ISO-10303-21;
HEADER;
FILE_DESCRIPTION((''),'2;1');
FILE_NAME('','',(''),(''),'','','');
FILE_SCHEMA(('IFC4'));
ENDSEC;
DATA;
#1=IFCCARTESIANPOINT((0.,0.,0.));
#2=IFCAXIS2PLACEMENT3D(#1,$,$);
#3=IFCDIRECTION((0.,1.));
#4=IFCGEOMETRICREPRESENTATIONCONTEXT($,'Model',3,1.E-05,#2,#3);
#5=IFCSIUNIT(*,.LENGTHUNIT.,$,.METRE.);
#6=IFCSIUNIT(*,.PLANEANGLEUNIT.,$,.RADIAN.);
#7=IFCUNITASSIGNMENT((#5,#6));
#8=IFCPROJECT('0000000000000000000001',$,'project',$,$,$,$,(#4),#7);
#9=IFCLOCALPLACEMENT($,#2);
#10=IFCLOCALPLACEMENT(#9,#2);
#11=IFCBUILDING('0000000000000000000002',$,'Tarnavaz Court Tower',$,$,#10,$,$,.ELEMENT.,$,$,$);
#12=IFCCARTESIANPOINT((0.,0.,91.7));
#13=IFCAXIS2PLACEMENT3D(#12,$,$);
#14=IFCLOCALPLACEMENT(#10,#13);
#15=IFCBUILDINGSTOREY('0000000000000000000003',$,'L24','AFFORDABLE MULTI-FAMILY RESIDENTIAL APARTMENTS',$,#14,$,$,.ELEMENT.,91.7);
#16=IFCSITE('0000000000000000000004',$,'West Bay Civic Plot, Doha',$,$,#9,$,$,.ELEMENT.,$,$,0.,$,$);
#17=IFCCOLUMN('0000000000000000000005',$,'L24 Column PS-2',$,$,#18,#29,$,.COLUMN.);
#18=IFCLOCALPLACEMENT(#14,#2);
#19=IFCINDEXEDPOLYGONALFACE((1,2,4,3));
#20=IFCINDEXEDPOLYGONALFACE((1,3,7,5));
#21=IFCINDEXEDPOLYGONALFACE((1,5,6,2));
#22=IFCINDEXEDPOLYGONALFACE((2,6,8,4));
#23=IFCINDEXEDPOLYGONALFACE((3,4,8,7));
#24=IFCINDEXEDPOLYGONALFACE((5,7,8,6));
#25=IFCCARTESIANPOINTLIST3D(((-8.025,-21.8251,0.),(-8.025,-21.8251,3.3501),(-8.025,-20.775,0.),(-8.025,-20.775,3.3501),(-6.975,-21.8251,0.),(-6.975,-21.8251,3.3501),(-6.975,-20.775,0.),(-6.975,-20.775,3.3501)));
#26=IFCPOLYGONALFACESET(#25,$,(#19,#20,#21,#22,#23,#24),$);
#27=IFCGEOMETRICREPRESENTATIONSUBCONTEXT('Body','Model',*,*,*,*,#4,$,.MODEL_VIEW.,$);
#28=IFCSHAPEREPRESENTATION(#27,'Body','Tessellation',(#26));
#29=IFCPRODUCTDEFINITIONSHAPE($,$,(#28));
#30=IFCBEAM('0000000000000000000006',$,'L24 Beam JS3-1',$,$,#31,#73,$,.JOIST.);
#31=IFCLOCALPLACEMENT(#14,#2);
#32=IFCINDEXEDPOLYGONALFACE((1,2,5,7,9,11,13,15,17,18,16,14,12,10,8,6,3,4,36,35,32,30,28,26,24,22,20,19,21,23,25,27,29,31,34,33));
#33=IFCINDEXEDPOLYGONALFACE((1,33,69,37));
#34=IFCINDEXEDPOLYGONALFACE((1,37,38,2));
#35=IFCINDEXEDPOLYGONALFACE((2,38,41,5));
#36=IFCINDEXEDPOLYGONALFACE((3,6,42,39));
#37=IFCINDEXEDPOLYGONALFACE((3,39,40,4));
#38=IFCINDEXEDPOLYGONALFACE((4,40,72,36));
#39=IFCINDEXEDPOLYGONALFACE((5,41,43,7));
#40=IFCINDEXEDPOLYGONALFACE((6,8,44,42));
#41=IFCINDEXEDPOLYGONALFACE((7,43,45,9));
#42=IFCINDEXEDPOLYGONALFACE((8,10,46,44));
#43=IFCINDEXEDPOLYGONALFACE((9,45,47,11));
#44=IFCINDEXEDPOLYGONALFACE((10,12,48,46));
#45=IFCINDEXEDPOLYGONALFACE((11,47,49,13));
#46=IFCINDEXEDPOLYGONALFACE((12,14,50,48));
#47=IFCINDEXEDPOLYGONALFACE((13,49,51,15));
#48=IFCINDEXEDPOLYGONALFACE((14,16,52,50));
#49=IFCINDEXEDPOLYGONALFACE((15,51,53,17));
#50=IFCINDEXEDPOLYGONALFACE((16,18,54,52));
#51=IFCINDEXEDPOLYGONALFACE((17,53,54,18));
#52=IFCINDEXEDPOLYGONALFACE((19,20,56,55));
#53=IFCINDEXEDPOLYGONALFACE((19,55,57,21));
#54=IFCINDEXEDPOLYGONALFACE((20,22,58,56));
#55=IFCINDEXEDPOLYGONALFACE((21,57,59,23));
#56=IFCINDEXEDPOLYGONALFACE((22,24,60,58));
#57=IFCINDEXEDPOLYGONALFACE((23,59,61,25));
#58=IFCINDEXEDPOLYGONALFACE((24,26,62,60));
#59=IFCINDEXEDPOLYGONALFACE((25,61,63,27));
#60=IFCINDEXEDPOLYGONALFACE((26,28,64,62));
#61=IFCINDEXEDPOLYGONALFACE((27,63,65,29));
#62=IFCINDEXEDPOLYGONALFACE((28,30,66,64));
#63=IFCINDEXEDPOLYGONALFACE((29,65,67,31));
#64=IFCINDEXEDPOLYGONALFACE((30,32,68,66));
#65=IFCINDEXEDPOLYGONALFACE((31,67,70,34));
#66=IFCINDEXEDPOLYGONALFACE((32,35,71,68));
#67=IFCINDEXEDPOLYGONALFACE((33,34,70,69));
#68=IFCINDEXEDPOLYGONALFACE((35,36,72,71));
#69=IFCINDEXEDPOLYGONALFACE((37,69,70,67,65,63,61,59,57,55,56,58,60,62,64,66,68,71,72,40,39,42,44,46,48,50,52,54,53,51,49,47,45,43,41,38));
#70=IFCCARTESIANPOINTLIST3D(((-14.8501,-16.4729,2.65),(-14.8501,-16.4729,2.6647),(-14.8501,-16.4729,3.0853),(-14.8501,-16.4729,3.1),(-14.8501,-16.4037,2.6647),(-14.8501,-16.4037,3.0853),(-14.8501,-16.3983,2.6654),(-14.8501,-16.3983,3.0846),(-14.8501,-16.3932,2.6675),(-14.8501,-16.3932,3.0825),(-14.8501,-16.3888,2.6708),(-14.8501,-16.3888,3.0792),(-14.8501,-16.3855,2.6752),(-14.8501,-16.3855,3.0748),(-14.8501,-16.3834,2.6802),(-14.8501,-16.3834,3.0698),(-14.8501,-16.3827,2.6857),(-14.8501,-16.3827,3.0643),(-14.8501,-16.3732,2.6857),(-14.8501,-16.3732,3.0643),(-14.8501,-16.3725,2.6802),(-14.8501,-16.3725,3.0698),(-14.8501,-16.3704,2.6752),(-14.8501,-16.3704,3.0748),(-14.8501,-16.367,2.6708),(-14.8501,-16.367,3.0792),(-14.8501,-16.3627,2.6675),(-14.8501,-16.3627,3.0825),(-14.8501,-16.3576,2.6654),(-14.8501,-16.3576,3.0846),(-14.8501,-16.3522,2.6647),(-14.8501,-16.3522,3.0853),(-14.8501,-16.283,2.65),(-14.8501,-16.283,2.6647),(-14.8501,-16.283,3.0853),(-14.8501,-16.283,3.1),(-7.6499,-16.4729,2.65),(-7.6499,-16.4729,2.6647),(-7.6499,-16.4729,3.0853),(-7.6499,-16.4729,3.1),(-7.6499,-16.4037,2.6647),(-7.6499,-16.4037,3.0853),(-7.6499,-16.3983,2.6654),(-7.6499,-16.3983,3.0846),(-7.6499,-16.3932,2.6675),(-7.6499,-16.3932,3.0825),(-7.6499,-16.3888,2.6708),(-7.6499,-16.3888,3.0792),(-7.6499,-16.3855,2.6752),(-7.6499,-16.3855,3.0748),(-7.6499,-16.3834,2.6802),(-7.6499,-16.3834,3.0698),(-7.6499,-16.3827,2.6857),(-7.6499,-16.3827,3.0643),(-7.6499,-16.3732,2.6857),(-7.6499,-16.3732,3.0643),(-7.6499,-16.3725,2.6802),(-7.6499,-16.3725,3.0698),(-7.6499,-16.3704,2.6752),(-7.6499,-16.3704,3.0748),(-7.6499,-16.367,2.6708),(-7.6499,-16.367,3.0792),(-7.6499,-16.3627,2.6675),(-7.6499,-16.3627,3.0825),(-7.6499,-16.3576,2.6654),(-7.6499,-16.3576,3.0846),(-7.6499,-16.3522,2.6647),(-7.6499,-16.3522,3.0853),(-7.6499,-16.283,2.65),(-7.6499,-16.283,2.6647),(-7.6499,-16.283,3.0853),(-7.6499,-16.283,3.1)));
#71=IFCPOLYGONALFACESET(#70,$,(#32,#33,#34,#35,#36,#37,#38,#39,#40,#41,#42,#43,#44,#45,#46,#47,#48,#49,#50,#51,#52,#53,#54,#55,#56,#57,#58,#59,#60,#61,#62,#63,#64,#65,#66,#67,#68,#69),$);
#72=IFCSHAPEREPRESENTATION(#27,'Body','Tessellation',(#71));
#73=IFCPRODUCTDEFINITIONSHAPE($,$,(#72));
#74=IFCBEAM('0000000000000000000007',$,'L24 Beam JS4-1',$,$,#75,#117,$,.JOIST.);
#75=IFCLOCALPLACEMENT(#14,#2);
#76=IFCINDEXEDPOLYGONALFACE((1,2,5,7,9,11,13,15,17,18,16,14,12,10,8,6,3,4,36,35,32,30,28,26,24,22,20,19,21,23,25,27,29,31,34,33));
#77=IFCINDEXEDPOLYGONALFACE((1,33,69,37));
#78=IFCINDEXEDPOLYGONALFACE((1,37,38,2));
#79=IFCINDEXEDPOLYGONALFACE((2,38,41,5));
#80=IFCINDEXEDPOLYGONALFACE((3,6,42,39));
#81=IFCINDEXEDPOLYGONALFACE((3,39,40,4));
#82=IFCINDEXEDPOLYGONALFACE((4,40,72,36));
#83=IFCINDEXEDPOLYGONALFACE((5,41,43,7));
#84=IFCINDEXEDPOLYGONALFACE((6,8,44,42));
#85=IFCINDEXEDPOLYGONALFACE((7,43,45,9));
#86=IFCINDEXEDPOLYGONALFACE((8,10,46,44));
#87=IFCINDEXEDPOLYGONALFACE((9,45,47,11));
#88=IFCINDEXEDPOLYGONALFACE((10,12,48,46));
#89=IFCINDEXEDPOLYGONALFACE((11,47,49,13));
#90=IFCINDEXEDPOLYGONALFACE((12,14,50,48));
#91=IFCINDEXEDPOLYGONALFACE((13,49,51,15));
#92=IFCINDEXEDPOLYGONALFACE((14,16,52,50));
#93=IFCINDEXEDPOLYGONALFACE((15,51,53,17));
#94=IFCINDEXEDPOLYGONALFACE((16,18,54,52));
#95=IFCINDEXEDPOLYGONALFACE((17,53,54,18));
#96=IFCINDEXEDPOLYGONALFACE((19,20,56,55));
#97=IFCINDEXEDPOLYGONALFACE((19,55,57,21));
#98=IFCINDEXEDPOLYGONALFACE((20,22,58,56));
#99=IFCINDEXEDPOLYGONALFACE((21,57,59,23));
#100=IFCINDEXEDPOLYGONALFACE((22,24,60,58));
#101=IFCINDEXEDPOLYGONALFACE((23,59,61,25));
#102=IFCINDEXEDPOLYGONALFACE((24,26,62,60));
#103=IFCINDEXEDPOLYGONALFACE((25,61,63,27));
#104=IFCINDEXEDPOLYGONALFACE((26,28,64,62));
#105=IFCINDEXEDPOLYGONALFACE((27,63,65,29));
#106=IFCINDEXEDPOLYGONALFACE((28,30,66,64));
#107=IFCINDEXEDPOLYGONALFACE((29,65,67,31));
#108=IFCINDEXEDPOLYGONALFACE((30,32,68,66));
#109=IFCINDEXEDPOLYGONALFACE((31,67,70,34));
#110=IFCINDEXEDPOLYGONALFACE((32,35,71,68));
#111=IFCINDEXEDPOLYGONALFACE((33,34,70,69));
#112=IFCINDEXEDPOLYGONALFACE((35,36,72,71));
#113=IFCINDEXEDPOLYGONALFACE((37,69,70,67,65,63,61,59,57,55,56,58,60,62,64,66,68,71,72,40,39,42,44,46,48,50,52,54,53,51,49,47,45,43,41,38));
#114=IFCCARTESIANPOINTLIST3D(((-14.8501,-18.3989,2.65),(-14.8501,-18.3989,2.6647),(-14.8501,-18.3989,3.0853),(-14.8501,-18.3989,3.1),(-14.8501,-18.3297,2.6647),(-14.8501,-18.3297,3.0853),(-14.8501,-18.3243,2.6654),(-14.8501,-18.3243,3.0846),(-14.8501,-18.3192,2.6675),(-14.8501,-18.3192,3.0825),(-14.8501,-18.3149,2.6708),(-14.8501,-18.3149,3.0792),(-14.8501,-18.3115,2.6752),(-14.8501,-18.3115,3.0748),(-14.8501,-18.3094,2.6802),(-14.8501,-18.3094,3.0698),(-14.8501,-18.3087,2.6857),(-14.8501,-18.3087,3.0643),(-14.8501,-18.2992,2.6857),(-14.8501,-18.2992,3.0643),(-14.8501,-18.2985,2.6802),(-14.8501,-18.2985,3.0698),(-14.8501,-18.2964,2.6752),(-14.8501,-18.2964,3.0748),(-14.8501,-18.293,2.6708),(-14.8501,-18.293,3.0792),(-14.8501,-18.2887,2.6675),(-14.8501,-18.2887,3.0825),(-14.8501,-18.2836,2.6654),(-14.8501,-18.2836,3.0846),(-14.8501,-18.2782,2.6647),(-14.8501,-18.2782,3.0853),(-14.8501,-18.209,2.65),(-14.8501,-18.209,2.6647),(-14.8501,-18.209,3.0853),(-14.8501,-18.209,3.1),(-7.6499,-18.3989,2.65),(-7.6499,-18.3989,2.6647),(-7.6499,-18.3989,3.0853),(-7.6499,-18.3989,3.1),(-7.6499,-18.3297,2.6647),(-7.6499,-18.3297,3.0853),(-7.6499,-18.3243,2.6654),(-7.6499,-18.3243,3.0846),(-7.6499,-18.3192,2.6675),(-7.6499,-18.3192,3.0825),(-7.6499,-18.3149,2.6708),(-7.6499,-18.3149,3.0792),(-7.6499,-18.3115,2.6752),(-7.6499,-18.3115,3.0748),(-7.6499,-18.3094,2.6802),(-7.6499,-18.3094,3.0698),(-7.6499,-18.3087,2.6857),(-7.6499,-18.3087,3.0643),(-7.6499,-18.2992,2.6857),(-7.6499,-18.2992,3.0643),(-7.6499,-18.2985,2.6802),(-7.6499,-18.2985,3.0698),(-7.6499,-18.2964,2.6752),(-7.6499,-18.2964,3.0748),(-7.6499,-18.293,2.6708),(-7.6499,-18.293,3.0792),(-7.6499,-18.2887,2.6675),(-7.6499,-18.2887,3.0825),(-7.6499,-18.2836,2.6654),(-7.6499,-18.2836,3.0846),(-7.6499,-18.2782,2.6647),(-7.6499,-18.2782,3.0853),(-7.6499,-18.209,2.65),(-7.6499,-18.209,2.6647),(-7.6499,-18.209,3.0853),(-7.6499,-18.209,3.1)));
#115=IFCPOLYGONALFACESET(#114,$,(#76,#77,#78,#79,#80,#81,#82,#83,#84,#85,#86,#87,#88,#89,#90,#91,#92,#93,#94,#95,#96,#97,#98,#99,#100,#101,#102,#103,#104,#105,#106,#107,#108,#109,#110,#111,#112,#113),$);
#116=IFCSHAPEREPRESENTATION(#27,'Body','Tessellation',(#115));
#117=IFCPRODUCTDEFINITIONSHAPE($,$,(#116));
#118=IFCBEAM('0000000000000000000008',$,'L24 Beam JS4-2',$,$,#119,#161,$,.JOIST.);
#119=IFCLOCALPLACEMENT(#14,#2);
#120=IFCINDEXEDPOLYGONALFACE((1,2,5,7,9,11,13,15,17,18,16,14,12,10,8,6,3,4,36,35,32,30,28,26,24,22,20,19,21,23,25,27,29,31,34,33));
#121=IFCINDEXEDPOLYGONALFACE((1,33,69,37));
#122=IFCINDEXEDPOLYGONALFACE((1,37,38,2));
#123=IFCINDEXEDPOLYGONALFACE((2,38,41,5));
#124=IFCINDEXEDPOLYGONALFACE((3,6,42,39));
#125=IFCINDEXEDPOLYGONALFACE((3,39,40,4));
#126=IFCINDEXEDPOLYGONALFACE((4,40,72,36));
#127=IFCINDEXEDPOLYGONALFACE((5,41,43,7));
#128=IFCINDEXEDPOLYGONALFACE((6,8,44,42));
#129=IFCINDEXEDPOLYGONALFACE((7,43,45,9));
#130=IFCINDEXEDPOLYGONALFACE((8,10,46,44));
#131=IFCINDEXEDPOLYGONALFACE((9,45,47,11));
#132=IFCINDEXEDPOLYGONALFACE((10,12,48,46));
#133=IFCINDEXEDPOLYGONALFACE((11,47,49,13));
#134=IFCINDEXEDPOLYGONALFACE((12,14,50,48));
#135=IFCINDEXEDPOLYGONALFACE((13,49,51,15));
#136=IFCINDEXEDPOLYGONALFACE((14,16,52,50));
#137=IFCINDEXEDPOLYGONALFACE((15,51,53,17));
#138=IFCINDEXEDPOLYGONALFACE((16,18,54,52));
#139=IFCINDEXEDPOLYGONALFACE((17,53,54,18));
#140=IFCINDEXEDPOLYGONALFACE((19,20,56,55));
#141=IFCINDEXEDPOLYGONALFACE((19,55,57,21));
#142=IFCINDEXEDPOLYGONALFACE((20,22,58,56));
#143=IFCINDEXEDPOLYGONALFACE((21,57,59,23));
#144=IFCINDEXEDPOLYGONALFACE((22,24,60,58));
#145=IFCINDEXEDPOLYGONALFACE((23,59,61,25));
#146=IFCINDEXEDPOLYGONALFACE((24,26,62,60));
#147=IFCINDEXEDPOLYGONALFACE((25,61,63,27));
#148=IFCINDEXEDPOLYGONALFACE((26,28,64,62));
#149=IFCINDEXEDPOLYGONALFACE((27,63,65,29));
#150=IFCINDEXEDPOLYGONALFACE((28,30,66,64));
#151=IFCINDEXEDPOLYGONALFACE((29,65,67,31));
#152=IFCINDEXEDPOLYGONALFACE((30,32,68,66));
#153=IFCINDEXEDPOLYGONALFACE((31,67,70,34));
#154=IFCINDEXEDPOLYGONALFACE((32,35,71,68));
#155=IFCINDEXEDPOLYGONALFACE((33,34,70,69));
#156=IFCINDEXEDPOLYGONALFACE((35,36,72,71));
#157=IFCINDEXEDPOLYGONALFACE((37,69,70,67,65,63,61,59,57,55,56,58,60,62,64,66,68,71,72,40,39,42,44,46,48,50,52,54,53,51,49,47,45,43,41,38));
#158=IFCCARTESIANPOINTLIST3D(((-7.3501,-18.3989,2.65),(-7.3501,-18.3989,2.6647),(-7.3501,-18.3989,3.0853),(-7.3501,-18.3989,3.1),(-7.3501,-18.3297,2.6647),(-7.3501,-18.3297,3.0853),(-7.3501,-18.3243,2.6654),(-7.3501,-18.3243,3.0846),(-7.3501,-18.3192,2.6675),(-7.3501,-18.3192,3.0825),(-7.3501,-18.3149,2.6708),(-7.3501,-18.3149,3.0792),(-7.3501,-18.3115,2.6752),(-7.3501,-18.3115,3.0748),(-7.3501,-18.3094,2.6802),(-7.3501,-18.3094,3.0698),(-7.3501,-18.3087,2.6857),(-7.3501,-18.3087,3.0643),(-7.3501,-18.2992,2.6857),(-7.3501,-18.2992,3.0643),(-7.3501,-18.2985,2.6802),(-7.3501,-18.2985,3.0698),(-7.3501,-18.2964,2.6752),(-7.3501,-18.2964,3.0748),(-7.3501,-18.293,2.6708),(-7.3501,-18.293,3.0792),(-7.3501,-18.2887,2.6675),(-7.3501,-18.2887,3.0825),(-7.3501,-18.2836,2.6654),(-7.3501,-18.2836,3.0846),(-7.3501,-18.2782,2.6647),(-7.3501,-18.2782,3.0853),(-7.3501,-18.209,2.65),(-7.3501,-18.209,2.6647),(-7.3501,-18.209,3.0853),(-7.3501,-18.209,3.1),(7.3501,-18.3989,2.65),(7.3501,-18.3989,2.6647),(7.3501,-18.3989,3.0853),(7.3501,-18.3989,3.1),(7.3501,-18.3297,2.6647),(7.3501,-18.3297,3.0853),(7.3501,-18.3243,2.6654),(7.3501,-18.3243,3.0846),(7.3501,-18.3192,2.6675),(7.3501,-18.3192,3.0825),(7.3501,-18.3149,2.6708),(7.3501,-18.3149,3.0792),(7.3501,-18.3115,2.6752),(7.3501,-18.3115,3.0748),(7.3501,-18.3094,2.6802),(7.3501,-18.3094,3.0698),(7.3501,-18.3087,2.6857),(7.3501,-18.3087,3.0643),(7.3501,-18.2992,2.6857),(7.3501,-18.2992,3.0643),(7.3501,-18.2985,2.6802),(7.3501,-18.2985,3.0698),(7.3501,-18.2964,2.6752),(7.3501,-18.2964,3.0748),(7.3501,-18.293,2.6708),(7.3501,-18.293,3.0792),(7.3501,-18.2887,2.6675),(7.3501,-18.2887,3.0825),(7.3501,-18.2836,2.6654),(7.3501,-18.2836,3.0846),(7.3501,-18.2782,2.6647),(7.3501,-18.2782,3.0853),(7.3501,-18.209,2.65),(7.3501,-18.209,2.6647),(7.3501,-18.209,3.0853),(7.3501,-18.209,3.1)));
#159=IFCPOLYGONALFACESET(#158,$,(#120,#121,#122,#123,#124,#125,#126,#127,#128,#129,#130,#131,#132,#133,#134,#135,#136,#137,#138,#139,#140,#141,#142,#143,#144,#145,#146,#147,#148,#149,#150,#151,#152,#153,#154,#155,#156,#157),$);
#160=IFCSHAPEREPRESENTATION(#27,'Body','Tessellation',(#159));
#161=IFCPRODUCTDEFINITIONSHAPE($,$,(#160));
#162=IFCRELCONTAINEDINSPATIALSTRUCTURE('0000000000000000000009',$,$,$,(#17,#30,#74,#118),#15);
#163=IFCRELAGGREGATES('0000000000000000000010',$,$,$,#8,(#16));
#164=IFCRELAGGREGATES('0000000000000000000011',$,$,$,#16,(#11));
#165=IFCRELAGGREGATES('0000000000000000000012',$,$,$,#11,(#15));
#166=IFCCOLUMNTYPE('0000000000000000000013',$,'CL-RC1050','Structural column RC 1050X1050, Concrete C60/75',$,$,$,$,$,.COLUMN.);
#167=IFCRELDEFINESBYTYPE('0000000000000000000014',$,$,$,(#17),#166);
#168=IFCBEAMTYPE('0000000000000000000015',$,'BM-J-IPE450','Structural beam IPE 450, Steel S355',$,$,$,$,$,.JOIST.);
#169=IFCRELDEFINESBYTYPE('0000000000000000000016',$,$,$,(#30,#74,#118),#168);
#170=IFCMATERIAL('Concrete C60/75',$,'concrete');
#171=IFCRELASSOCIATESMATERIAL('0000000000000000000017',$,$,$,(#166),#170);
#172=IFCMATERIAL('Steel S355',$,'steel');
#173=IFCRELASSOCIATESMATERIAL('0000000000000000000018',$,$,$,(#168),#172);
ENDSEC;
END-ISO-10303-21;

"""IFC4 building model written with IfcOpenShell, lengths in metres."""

from ifc_helpers import new_model, si_unit, direction, frame, origin, origin_2d, place, context, subcontext, project, spatial, rectangle, i_section, extrude, material, material_profile, profile_set, type_object, element, save


model = new_model("IFC4")

# Units and contexts
model_context = context("Model", 3, precision=1e-05, world=origin(), true_north=direction((0.0, 1.0)))
body_context = subcontext(model_context, "Body", "Model", "MODEL_VIEW")
ifc_project = project(units=[si_unit("LENGTHUNIT", "METRE"), si_unit("PLANEANGLEUNIT", "RADIAN")], contexts=[model_context])

# Site, building, storey
site_placement = place(None, origin())
site = spatial("IfcSite", under=ifc_project, at=site_placement, Name="West Bay Civic Plot, Doha", CompositionType="ELEMENT", RefElevation=0.0)
building_placement = place(site_placement, origin())
building = spatial("IfcBuilding", under=site, at=building_placement, Name="Tarnavaz Court Tower", CompositionType="ELEMENT")
storey_placement = place(building_placement, frame((0.0, 0.0, 91.7)))
storey = spatial("IfcBuildingStorey", under=building, at=storey_placement, Name="L24", Description="AFFORDABLE MULTI-FAMILY RESIDENTIAL APARTMENTS", CompositionType="ELEMENT", Elevation=91.7)

# Column
ifc_material_1 = material(Name="Concrete C60/75", Category="concrete")
ifc_material_profile_1 = material_profile(ifc_material_1, rectangle(XDim=1.05, YDim=1.05, at=origin_2d()), Name="RC 1050X1050")
ifc_profile_set_1 = profile_set([ifc_material_profile_1], Name="Concrete C60/75")
column_type = type_object("IfcColumnType", Name="CL-RC1050", Description="Structural column RC 1050X1050, Concrete C60/75", PredefinedType="COLUMN", material=ifc_profile_set_1)
column_placement = place(storey_placement, frame((-7.5, -21.3, 0.0), z_axis=(0.0, 0.0, 1.0), x_axis=(1.0, 0.0, 0.0)))
element("IfcColumn", 1, at=column_placement, inside=storey, type_object=column_type, Name="L24 Column PS-2", PredefinedType="COLUMN", context=body_context, shape_type="SweptSolid", body=[
    extrude(rectangle(XDim=1.05, YDim=1.05, at=origin_2d()), origin(), (0.0, 0.0, 1.0), 3.3501),
])

# Beams
ifc_material_2 = material(Name="Steel S355", Category="steel")
ifc_material_profile_2 = material_profile(ifc_material_2, i_section(OverallWidth=0.1899, OverallDepth=0.45, WebThickness=0.0095, FlangeThickness=0.0146, FilletRadius=0.021, at=origin_2d()), Name="IPE 450")
ifc_profile_set_2 = profile_set([ifc_material_profile_2], Name="Steel S355")
beam_type_1 = type_object("IfcBeamType", Name="BM-J-IPE450", Description="Structural beam IPE 450, Steel S355", PredefinedType="JOIST", material=ifc_profile_set_2)
for number, where, z_axis, x_axis, name in (
    (2, (-14.8501, -16.3779, 2.875), (1.0, 0.0, 0.0), (0.0, 1.0, 0.0), "L24 Beam JS3-1"),
    (3, (-14.8501, -18.304, 2.875), (1.0, 0.0, 0.0), (0.0, 1.0, 0.0), "L24 Beam JS4-1"),
):
    element("IfcBeam", number, at=place(storey_placement, frame(where, z_axis=z_axis, x_axis=x_axis)), inside=storey, type_object=beam_type_1, Name=name, PredefinedType="JOIST", context=body_context, shape_type="SweptSolid", body=[
        extrude(i_section(OverallWidth=0.1899, OverallDepth=0.45, WebThickness=0.0095, FlangeThickness=0.0146, FilletRadius=0.021, at=origin_2d()), origin(), (0.0, 0.0, 1.0), 7.2002),
    ])
beam_1_placement = place(storey_placement, frame((-7.3501, -18.304, 2.875), z_axis=(1.0, 0.0, 0.0), x_axis=(0.0, 1.0, 0.0)))
element("IfcBeam", 4, at=beam_1_placement, inside=storey, type_object=beam_type_1, Name="L24 Beam JS4-2", PredefinedType="JOIST", context=body_context, shape_type="SweptSolid", body=[
    extrude(i_section(OverallWidth=0.1899, OverallDepth=0.45, WebThickness=0.0095, FlangeThickness=0.0146, FilletRadius=0.021, at=origin_2d()), origin(), (0.0, 0.0, 1.0), 14.7002),
])

save(model, "model.ifc")
